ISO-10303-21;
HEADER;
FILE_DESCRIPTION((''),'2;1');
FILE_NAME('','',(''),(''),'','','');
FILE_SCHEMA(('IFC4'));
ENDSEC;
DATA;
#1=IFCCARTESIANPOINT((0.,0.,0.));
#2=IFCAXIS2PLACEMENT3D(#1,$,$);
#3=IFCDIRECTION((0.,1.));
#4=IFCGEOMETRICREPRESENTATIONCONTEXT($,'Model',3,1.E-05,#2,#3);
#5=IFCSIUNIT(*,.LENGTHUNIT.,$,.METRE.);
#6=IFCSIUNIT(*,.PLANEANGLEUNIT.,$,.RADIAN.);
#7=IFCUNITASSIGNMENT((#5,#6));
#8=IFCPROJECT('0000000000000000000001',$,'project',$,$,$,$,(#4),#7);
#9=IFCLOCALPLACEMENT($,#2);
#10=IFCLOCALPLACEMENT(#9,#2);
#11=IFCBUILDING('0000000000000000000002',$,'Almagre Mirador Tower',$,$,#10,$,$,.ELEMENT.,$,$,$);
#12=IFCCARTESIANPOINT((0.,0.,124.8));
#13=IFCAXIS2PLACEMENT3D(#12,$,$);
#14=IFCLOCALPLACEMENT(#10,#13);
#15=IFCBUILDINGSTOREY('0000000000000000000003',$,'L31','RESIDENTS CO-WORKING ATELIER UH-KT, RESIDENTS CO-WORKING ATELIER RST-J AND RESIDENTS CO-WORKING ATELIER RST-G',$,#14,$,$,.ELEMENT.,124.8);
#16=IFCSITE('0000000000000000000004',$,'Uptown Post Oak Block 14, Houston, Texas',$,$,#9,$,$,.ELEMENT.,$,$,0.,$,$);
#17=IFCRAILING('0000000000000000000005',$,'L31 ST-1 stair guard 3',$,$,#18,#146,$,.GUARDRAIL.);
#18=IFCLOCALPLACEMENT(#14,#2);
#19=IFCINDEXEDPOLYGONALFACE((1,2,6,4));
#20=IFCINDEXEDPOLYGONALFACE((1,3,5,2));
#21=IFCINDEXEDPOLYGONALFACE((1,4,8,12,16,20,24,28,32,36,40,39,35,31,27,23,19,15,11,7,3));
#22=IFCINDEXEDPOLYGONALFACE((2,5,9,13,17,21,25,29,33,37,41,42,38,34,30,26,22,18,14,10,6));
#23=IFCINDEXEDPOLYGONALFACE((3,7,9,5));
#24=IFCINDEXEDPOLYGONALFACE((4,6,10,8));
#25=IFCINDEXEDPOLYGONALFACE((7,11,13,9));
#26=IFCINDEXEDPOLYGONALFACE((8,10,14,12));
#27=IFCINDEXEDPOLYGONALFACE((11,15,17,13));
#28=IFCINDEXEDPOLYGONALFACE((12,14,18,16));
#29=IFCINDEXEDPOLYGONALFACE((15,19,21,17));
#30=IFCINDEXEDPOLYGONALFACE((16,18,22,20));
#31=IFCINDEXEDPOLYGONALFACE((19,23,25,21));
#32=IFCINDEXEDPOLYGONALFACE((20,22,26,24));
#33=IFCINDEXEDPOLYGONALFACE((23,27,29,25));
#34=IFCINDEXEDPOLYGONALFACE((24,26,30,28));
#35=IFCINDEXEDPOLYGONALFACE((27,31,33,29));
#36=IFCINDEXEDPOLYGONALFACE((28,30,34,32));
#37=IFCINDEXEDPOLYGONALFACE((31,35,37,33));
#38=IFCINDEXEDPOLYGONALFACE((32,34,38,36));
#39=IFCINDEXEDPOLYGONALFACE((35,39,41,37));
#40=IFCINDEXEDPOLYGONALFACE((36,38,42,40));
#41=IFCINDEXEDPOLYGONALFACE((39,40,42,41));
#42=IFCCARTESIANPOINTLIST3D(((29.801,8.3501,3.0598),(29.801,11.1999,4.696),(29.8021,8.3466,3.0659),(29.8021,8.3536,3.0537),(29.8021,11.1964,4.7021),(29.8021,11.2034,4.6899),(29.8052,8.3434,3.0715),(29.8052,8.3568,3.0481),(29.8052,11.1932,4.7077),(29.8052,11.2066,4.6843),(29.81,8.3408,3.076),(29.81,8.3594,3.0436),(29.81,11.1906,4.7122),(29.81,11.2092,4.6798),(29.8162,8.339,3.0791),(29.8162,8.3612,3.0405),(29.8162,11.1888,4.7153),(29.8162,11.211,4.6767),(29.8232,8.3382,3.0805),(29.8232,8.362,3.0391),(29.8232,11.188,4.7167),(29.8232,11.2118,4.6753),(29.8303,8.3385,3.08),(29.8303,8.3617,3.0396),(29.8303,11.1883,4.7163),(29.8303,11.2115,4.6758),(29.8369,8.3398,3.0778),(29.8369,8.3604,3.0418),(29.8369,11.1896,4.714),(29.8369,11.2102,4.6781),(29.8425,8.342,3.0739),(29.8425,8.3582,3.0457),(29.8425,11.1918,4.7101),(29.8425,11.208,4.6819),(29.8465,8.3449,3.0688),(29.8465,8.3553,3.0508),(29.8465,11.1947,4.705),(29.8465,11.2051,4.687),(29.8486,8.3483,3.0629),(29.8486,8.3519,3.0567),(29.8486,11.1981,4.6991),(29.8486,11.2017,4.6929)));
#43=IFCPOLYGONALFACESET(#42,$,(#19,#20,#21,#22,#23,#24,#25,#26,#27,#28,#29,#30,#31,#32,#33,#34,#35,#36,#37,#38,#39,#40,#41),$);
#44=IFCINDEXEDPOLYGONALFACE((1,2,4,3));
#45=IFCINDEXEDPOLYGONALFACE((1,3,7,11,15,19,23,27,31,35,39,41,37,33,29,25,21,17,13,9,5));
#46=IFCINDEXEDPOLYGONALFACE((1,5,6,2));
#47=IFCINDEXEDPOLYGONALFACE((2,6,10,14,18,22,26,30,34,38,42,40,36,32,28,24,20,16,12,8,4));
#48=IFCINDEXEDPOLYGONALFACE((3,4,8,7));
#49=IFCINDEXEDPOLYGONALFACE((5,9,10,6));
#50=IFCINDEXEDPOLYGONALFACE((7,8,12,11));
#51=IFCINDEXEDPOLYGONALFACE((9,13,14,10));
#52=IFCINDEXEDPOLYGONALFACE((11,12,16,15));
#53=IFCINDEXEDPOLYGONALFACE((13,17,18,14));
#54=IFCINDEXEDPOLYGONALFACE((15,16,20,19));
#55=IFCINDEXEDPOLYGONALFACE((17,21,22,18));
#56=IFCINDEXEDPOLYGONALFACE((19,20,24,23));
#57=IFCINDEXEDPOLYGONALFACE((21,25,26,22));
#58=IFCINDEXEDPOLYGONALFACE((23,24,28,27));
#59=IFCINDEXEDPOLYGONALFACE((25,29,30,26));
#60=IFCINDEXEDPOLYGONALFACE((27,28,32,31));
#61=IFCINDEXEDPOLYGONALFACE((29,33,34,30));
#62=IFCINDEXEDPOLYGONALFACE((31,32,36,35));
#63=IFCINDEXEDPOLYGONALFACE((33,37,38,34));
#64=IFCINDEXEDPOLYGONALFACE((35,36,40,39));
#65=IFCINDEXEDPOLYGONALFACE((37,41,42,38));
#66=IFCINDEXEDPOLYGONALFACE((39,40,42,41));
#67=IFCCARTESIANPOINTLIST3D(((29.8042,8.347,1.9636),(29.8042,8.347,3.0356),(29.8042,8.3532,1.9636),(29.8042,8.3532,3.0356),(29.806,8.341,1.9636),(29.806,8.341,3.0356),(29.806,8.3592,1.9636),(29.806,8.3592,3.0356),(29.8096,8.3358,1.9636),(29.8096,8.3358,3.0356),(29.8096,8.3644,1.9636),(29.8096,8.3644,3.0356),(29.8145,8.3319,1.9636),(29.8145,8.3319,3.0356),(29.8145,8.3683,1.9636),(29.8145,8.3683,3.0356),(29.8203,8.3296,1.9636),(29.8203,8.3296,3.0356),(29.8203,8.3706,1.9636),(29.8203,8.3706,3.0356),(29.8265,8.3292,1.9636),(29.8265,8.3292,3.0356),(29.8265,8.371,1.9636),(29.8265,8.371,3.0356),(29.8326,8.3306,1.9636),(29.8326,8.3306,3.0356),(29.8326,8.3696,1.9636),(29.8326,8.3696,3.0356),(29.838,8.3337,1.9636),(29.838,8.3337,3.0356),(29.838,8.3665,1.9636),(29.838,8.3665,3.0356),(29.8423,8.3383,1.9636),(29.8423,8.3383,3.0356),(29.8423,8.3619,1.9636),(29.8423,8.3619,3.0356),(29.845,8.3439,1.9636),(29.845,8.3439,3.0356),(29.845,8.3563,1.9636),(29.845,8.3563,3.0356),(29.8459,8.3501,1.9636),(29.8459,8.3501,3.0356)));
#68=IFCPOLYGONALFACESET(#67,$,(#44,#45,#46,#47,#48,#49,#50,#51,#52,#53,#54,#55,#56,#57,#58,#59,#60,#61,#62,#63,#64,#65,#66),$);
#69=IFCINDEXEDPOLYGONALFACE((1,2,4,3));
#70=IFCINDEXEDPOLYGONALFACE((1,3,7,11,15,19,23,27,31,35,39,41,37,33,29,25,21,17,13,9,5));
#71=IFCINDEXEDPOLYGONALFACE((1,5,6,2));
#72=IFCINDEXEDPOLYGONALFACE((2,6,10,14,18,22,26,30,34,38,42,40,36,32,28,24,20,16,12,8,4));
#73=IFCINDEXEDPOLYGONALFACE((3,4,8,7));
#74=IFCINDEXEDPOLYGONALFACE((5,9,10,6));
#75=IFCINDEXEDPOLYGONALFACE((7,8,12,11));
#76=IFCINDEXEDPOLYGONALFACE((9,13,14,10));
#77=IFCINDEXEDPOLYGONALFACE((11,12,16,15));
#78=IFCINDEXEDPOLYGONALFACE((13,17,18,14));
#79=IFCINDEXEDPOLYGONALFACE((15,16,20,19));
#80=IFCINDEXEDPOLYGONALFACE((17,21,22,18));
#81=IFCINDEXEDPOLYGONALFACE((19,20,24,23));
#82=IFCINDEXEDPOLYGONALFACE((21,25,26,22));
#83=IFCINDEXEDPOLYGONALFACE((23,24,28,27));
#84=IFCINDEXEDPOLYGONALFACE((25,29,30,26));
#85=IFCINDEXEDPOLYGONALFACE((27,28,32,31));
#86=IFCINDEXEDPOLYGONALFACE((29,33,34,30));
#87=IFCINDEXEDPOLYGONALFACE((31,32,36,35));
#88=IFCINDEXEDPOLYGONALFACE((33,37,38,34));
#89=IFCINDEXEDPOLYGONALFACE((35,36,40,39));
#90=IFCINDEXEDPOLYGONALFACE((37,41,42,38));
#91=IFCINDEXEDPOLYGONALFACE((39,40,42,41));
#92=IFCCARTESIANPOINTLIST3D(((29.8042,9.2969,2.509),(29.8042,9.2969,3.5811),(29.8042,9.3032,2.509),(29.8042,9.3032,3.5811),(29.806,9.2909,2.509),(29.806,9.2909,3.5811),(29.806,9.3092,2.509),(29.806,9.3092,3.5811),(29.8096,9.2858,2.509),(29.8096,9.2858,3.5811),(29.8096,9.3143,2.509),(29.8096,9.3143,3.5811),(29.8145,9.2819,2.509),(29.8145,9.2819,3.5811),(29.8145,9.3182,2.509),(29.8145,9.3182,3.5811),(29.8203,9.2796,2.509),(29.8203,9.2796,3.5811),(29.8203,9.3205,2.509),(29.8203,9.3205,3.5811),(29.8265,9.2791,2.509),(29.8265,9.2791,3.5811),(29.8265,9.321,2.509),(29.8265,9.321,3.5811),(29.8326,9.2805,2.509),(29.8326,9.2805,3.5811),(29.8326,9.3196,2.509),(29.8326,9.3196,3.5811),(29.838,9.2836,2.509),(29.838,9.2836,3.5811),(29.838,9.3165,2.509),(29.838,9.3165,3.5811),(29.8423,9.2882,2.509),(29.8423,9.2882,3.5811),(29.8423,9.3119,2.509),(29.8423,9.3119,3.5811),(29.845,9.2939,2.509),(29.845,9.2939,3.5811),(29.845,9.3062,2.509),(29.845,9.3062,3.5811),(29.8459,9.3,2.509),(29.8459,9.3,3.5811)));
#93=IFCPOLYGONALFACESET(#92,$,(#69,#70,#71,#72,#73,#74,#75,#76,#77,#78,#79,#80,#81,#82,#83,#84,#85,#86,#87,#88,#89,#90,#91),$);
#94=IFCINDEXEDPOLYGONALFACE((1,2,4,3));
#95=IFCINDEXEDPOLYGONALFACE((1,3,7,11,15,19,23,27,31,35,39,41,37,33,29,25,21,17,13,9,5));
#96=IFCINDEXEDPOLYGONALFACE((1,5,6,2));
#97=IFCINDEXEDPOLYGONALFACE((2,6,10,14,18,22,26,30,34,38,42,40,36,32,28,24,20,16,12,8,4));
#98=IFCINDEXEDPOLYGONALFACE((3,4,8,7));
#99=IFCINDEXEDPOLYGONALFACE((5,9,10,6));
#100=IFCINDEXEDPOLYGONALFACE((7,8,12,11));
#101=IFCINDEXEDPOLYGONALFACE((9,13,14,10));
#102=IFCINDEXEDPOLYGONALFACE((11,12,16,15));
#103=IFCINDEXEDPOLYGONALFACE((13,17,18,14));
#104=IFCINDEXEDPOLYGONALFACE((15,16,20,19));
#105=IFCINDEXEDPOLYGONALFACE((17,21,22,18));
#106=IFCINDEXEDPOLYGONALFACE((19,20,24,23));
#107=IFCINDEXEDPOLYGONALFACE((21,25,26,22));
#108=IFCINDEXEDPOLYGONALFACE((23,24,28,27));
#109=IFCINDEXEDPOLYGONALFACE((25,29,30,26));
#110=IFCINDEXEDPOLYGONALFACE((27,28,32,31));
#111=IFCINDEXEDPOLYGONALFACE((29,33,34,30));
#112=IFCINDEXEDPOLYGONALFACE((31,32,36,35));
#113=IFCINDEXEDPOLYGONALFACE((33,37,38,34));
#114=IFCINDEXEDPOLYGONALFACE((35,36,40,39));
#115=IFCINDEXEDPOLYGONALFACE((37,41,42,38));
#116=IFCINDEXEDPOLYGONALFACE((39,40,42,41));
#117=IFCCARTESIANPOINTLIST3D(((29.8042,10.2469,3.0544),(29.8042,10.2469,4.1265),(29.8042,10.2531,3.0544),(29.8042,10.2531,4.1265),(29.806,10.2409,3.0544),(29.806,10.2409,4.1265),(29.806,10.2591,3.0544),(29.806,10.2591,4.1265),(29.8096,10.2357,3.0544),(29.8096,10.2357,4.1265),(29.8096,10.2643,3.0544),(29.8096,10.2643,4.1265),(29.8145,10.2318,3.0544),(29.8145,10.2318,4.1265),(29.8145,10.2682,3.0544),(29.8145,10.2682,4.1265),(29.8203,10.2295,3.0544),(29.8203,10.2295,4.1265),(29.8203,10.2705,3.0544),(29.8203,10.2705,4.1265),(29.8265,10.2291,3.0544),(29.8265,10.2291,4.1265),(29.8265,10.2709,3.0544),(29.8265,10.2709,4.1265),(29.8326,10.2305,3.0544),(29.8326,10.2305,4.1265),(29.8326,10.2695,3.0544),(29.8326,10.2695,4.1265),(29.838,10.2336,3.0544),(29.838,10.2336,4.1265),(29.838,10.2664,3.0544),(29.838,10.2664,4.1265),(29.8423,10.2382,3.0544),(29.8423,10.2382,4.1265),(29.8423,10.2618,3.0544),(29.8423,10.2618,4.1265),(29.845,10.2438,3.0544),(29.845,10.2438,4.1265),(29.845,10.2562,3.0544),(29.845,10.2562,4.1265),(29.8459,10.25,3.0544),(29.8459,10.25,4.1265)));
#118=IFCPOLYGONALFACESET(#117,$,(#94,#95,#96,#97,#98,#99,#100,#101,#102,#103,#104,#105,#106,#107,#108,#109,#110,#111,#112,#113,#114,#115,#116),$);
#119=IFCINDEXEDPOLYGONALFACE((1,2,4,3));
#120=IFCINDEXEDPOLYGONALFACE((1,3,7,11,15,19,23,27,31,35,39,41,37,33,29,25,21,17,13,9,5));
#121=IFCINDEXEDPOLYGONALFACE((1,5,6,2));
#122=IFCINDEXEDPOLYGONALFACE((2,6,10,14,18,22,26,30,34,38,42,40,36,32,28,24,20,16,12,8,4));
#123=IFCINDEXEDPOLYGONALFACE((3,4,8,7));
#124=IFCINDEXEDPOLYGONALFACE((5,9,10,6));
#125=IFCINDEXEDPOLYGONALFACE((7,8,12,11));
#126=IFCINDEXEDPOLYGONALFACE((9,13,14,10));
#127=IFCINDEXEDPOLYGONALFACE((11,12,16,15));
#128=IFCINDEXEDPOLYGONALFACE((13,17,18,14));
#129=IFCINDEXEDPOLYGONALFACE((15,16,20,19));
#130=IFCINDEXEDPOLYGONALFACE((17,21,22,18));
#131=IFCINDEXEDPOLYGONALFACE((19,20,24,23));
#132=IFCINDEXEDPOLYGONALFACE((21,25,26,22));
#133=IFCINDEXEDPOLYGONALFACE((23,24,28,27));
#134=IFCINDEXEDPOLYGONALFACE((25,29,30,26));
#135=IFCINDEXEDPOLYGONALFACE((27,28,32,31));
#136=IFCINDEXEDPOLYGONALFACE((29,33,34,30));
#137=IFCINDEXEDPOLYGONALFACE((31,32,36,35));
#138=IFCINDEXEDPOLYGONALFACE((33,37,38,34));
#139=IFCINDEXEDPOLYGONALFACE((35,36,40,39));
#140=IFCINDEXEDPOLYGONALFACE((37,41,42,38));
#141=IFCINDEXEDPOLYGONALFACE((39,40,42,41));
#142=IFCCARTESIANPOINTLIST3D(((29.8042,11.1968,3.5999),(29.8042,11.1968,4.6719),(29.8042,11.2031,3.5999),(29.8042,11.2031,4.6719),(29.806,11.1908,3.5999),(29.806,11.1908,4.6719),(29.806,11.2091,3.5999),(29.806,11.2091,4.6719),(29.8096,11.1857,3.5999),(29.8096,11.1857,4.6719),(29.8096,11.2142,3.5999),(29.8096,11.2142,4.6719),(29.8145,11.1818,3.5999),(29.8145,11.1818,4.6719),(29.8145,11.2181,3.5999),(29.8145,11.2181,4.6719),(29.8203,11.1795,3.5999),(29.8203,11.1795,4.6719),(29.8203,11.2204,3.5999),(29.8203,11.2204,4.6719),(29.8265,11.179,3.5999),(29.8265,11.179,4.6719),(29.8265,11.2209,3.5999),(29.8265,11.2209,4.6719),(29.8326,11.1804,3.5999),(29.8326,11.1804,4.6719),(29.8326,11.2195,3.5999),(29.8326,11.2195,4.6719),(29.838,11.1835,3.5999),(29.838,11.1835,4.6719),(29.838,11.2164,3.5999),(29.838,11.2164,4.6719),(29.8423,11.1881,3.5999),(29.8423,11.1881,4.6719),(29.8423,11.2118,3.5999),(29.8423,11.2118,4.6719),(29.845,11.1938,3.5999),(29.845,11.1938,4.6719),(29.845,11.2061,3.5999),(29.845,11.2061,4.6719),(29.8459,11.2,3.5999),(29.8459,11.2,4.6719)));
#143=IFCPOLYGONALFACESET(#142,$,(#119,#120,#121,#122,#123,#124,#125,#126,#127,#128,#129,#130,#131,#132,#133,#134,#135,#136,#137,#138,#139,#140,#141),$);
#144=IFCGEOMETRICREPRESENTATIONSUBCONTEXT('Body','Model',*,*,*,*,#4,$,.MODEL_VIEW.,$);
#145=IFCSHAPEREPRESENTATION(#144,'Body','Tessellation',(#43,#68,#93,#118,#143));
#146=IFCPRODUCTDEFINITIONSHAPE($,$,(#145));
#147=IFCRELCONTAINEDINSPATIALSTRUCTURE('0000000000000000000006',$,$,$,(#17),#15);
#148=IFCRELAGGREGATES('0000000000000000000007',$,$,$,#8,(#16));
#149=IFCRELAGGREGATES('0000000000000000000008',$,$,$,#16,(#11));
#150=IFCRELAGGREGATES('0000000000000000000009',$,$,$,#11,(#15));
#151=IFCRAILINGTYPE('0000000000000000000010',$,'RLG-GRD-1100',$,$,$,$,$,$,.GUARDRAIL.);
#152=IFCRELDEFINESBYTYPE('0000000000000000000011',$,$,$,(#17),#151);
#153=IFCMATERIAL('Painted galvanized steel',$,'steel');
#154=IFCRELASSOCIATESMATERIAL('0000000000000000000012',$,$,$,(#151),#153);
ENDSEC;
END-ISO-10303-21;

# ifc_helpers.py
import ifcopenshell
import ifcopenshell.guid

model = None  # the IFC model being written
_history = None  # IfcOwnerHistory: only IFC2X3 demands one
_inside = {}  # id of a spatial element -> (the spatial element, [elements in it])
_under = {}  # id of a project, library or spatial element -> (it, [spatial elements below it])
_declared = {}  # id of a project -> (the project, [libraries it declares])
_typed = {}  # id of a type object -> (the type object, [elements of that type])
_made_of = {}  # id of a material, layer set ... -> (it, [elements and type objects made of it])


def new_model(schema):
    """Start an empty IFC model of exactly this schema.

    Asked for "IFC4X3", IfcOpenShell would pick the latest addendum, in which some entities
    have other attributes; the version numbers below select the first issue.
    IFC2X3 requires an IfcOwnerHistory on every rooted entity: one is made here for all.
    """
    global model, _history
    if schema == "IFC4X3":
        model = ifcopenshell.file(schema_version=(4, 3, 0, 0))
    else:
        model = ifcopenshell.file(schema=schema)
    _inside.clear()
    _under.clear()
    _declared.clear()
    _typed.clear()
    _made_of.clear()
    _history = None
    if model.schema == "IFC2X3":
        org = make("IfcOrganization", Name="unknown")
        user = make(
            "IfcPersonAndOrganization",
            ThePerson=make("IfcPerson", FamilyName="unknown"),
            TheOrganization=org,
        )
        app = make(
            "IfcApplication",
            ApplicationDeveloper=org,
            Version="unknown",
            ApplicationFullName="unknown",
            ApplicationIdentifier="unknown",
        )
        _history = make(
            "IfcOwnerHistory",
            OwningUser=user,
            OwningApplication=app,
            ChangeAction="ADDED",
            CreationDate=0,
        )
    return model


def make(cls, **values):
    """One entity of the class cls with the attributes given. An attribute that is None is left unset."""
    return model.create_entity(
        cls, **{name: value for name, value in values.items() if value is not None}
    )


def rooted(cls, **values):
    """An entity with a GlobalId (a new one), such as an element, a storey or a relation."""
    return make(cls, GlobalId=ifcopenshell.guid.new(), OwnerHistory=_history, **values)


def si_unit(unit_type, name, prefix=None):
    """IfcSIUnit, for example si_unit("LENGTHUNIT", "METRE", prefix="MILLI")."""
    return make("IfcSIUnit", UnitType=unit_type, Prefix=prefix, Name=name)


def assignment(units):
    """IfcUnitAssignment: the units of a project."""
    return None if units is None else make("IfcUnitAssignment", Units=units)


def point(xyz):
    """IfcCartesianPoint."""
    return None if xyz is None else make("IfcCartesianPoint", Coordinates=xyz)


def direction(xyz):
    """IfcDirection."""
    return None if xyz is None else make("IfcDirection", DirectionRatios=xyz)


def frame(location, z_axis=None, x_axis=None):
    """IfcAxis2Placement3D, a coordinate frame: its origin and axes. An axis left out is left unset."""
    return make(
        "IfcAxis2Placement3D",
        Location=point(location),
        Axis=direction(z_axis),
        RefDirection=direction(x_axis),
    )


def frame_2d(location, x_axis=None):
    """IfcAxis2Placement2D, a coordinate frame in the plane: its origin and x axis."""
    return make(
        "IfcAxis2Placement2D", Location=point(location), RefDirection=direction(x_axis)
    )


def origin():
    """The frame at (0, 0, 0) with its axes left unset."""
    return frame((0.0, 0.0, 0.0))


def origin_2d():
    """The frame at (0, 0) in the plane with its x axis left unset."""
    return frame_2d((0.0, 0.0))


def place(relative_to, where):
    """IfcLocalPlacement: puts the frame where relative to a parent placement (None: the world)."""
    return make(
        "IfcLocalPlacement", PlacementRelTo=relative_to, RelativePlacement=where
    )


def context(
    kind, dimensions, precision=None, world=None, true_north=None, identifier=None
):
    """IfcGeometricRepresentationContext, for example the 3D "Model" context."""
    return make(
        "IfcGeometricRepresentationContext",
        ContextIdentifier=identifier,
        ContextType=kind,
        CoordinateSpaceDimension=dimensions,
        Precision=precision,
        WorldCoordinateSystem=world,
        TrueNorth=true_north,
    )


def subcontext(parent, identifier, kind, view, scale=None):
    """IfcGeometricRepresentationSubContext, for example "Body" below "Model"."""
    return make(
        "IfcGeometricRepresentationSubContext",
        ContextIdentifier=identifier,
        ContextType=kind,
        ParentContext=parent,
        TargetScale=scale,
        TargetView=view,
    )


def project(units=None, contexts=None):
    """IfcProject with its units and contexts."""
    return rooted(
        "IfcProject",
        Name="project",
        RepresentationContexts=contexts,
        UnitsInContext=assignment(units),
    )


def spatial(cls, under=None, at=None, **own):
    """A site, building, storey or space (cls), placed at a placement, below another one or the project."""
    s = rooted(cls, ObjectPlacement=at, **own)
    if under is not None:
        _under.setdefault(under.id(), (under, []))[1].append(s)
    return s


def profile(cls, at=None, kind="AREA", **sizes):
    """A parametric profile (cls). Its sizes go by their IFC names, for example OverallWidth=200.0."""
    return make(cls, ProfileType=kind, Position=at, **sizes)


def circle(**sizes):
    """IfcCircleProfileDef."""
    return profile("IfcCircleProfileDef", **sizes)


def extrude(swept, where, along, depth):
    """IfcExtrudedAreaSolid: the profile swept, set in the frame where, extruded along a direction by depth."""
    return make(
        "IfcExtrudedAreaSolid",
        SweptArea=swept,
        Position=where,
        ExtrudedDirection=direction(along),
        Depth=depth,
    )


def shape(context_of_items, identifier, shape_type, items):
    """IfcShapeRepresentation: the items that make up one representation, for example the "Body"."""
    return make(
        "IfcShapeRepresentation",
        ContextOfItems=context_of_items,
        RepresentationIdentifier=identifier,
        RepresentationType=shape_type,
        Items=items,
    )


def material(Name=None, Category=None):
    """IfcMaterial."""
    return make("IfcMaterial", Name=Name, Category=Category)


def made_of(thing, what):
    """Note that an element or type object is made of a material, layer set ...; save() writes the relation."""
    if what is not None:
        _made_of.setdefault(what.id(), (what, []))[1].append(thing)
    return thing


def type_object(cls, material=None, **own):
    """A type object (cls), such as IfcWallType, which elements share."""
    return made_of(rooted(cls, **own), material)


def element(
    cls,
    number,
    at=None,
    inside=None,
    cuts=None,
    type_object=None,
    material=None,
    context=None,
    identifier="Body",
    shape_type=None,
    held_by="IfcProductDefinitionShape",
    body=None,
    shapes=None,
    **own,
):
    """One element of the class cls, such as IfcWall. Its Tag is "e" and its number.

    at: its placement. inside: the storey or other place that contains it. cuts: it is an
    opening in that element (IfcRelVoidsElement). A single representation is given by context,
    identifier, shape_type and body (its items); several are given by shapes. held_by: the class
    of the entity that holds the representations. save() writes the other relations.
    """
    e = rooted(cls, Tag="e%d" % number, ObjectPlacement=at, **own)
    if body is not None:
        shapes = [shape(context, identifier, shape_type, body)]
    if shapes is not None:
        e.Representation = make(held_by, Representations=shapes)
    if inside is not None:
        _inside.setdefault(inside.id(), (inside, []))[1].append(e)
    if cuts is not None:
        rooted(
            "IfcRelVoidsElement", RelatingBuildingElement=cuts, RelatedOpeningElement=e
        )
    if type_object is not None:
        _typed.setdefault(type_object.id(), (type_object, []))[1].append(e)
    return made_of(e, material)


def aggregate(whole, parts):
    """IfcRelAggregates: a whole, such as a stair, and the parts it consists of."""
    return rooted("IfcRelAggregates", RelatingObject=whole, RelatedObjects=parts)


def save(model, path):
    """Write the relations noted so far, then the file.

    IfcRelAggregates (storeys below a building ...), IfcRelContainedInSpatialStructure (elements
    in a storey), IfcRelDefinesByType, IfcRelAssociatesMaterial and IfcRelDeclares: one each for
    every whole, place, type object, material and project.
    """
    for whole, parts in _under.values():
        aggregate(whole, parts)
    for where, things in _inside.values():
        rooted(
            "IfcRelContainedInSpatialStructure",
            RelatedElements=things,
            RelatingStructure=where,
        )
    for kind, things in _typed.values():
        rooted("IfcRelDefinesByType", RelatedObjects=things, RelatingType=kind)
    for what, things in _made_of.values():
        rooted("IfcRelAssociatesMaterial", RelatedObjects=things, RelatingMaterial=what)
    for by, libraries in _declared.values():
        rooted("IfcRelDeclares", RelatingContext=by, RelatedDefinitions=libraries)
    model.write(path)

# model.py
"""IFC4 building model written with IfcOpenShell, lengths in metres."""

from ifc_helpers import new_model, si_unit, direction, frame, origin, origin_2d, place, context, subcontext, project, spatial, circle, extrude, material, type_object, element, save


model = new_model("IFC4")

# Units and contexts
model_context = context("Model", 3, precision=1e-05, world=origin(), true_north=direction((0.0, 1.0)))
body_context = subcontext(model_context, "Body", "Model", "MODEL_VIEW")
ifc_project = project(units=[si_unit("LENGTHUNIT", "METRE"), si_unit("PLANEANGLEUNIT", "RADIAN")], contexts=[model_context])

# Site, building, storey
site_placement = place(None, origin())
site = spatial("IfcSite", under=ifc_project, at=site_placement, Name="Uptown Post Oak Block 14, Houston, Texas", CompositionType="ELEMENT", RefElevation=0.0)
building_placement = place(site_placement, origin())
building = spatial("IfcBuilding", under=site, at=building_placement, Name="Almagre Mirador Tower", CompositionType="ELEMENT")
storey_placement = place(building_placement, frame((0.0, 0.0, 124.8)))
storey = spatial("IfcBuildingStorey", under=building, at=storey_placement, Name="L31", Description="RESIDENTS CO-WORKING ATELIER UH-KT, RESIDENTS CO-WORKING ATELIER RST-J AND RESIDENTS CO-WORKING ATELIER RST-G", CompositionType="ELEMENT", Elevation=124.8)

# Railing
ifc_material_1 = material(Name="Painted galvanized steel", Category="steel")
railing_type_1 = type_object("IfcRailingType", Name="RLG-GRD-1100", PredefinedType="GUARDRAIL", material=ifc_material_1)
railing_1_placement = place(storey_placement, frame((29.825, 8.3501, 1.9636)))
element("IfcRailing", 1, at=railing_1_placement, inside=storey, type_object=railing_type_1, Name="L31 ST-1 stair guard 3", PredefinedType="GUARDRAIL", context=body_context, shape_type="SweptSolid", body=[
    extrude(circle(Radius=0.0239, at=origin_2d()), frame((0.0, 0.0, 1.0962), z_axis=(0.0, 0.867226, 0.497914), x_axis=(-1.0, 0.0, 0.0)), (0.0, 0.0, 1.0), 3.2861),
    extrude(circle(Radius=0.021, at=origin_2d()), origin(), (0.0, 0.0, 1.0), 1.072),
    extrude(circle(Radius=0.021, at=origin_2d()), frame((0.0, 0.95, 0.5454)), (0.0, 0.0, 1.0), 1.072),
    extrude(circle(Radius=0.021, at=origin_2d()), frame((0.0, 1.8999, 1.0908)), (0.0, 0.0, 1.0), 1.072),
    extrude(circle(Radius=0.021, at=origin_2d()), frame((0.0, 2.8499, 1.6362)), (0.0, 0.0, 1.0), 1.072),
])

save(model, "model.ifc")
